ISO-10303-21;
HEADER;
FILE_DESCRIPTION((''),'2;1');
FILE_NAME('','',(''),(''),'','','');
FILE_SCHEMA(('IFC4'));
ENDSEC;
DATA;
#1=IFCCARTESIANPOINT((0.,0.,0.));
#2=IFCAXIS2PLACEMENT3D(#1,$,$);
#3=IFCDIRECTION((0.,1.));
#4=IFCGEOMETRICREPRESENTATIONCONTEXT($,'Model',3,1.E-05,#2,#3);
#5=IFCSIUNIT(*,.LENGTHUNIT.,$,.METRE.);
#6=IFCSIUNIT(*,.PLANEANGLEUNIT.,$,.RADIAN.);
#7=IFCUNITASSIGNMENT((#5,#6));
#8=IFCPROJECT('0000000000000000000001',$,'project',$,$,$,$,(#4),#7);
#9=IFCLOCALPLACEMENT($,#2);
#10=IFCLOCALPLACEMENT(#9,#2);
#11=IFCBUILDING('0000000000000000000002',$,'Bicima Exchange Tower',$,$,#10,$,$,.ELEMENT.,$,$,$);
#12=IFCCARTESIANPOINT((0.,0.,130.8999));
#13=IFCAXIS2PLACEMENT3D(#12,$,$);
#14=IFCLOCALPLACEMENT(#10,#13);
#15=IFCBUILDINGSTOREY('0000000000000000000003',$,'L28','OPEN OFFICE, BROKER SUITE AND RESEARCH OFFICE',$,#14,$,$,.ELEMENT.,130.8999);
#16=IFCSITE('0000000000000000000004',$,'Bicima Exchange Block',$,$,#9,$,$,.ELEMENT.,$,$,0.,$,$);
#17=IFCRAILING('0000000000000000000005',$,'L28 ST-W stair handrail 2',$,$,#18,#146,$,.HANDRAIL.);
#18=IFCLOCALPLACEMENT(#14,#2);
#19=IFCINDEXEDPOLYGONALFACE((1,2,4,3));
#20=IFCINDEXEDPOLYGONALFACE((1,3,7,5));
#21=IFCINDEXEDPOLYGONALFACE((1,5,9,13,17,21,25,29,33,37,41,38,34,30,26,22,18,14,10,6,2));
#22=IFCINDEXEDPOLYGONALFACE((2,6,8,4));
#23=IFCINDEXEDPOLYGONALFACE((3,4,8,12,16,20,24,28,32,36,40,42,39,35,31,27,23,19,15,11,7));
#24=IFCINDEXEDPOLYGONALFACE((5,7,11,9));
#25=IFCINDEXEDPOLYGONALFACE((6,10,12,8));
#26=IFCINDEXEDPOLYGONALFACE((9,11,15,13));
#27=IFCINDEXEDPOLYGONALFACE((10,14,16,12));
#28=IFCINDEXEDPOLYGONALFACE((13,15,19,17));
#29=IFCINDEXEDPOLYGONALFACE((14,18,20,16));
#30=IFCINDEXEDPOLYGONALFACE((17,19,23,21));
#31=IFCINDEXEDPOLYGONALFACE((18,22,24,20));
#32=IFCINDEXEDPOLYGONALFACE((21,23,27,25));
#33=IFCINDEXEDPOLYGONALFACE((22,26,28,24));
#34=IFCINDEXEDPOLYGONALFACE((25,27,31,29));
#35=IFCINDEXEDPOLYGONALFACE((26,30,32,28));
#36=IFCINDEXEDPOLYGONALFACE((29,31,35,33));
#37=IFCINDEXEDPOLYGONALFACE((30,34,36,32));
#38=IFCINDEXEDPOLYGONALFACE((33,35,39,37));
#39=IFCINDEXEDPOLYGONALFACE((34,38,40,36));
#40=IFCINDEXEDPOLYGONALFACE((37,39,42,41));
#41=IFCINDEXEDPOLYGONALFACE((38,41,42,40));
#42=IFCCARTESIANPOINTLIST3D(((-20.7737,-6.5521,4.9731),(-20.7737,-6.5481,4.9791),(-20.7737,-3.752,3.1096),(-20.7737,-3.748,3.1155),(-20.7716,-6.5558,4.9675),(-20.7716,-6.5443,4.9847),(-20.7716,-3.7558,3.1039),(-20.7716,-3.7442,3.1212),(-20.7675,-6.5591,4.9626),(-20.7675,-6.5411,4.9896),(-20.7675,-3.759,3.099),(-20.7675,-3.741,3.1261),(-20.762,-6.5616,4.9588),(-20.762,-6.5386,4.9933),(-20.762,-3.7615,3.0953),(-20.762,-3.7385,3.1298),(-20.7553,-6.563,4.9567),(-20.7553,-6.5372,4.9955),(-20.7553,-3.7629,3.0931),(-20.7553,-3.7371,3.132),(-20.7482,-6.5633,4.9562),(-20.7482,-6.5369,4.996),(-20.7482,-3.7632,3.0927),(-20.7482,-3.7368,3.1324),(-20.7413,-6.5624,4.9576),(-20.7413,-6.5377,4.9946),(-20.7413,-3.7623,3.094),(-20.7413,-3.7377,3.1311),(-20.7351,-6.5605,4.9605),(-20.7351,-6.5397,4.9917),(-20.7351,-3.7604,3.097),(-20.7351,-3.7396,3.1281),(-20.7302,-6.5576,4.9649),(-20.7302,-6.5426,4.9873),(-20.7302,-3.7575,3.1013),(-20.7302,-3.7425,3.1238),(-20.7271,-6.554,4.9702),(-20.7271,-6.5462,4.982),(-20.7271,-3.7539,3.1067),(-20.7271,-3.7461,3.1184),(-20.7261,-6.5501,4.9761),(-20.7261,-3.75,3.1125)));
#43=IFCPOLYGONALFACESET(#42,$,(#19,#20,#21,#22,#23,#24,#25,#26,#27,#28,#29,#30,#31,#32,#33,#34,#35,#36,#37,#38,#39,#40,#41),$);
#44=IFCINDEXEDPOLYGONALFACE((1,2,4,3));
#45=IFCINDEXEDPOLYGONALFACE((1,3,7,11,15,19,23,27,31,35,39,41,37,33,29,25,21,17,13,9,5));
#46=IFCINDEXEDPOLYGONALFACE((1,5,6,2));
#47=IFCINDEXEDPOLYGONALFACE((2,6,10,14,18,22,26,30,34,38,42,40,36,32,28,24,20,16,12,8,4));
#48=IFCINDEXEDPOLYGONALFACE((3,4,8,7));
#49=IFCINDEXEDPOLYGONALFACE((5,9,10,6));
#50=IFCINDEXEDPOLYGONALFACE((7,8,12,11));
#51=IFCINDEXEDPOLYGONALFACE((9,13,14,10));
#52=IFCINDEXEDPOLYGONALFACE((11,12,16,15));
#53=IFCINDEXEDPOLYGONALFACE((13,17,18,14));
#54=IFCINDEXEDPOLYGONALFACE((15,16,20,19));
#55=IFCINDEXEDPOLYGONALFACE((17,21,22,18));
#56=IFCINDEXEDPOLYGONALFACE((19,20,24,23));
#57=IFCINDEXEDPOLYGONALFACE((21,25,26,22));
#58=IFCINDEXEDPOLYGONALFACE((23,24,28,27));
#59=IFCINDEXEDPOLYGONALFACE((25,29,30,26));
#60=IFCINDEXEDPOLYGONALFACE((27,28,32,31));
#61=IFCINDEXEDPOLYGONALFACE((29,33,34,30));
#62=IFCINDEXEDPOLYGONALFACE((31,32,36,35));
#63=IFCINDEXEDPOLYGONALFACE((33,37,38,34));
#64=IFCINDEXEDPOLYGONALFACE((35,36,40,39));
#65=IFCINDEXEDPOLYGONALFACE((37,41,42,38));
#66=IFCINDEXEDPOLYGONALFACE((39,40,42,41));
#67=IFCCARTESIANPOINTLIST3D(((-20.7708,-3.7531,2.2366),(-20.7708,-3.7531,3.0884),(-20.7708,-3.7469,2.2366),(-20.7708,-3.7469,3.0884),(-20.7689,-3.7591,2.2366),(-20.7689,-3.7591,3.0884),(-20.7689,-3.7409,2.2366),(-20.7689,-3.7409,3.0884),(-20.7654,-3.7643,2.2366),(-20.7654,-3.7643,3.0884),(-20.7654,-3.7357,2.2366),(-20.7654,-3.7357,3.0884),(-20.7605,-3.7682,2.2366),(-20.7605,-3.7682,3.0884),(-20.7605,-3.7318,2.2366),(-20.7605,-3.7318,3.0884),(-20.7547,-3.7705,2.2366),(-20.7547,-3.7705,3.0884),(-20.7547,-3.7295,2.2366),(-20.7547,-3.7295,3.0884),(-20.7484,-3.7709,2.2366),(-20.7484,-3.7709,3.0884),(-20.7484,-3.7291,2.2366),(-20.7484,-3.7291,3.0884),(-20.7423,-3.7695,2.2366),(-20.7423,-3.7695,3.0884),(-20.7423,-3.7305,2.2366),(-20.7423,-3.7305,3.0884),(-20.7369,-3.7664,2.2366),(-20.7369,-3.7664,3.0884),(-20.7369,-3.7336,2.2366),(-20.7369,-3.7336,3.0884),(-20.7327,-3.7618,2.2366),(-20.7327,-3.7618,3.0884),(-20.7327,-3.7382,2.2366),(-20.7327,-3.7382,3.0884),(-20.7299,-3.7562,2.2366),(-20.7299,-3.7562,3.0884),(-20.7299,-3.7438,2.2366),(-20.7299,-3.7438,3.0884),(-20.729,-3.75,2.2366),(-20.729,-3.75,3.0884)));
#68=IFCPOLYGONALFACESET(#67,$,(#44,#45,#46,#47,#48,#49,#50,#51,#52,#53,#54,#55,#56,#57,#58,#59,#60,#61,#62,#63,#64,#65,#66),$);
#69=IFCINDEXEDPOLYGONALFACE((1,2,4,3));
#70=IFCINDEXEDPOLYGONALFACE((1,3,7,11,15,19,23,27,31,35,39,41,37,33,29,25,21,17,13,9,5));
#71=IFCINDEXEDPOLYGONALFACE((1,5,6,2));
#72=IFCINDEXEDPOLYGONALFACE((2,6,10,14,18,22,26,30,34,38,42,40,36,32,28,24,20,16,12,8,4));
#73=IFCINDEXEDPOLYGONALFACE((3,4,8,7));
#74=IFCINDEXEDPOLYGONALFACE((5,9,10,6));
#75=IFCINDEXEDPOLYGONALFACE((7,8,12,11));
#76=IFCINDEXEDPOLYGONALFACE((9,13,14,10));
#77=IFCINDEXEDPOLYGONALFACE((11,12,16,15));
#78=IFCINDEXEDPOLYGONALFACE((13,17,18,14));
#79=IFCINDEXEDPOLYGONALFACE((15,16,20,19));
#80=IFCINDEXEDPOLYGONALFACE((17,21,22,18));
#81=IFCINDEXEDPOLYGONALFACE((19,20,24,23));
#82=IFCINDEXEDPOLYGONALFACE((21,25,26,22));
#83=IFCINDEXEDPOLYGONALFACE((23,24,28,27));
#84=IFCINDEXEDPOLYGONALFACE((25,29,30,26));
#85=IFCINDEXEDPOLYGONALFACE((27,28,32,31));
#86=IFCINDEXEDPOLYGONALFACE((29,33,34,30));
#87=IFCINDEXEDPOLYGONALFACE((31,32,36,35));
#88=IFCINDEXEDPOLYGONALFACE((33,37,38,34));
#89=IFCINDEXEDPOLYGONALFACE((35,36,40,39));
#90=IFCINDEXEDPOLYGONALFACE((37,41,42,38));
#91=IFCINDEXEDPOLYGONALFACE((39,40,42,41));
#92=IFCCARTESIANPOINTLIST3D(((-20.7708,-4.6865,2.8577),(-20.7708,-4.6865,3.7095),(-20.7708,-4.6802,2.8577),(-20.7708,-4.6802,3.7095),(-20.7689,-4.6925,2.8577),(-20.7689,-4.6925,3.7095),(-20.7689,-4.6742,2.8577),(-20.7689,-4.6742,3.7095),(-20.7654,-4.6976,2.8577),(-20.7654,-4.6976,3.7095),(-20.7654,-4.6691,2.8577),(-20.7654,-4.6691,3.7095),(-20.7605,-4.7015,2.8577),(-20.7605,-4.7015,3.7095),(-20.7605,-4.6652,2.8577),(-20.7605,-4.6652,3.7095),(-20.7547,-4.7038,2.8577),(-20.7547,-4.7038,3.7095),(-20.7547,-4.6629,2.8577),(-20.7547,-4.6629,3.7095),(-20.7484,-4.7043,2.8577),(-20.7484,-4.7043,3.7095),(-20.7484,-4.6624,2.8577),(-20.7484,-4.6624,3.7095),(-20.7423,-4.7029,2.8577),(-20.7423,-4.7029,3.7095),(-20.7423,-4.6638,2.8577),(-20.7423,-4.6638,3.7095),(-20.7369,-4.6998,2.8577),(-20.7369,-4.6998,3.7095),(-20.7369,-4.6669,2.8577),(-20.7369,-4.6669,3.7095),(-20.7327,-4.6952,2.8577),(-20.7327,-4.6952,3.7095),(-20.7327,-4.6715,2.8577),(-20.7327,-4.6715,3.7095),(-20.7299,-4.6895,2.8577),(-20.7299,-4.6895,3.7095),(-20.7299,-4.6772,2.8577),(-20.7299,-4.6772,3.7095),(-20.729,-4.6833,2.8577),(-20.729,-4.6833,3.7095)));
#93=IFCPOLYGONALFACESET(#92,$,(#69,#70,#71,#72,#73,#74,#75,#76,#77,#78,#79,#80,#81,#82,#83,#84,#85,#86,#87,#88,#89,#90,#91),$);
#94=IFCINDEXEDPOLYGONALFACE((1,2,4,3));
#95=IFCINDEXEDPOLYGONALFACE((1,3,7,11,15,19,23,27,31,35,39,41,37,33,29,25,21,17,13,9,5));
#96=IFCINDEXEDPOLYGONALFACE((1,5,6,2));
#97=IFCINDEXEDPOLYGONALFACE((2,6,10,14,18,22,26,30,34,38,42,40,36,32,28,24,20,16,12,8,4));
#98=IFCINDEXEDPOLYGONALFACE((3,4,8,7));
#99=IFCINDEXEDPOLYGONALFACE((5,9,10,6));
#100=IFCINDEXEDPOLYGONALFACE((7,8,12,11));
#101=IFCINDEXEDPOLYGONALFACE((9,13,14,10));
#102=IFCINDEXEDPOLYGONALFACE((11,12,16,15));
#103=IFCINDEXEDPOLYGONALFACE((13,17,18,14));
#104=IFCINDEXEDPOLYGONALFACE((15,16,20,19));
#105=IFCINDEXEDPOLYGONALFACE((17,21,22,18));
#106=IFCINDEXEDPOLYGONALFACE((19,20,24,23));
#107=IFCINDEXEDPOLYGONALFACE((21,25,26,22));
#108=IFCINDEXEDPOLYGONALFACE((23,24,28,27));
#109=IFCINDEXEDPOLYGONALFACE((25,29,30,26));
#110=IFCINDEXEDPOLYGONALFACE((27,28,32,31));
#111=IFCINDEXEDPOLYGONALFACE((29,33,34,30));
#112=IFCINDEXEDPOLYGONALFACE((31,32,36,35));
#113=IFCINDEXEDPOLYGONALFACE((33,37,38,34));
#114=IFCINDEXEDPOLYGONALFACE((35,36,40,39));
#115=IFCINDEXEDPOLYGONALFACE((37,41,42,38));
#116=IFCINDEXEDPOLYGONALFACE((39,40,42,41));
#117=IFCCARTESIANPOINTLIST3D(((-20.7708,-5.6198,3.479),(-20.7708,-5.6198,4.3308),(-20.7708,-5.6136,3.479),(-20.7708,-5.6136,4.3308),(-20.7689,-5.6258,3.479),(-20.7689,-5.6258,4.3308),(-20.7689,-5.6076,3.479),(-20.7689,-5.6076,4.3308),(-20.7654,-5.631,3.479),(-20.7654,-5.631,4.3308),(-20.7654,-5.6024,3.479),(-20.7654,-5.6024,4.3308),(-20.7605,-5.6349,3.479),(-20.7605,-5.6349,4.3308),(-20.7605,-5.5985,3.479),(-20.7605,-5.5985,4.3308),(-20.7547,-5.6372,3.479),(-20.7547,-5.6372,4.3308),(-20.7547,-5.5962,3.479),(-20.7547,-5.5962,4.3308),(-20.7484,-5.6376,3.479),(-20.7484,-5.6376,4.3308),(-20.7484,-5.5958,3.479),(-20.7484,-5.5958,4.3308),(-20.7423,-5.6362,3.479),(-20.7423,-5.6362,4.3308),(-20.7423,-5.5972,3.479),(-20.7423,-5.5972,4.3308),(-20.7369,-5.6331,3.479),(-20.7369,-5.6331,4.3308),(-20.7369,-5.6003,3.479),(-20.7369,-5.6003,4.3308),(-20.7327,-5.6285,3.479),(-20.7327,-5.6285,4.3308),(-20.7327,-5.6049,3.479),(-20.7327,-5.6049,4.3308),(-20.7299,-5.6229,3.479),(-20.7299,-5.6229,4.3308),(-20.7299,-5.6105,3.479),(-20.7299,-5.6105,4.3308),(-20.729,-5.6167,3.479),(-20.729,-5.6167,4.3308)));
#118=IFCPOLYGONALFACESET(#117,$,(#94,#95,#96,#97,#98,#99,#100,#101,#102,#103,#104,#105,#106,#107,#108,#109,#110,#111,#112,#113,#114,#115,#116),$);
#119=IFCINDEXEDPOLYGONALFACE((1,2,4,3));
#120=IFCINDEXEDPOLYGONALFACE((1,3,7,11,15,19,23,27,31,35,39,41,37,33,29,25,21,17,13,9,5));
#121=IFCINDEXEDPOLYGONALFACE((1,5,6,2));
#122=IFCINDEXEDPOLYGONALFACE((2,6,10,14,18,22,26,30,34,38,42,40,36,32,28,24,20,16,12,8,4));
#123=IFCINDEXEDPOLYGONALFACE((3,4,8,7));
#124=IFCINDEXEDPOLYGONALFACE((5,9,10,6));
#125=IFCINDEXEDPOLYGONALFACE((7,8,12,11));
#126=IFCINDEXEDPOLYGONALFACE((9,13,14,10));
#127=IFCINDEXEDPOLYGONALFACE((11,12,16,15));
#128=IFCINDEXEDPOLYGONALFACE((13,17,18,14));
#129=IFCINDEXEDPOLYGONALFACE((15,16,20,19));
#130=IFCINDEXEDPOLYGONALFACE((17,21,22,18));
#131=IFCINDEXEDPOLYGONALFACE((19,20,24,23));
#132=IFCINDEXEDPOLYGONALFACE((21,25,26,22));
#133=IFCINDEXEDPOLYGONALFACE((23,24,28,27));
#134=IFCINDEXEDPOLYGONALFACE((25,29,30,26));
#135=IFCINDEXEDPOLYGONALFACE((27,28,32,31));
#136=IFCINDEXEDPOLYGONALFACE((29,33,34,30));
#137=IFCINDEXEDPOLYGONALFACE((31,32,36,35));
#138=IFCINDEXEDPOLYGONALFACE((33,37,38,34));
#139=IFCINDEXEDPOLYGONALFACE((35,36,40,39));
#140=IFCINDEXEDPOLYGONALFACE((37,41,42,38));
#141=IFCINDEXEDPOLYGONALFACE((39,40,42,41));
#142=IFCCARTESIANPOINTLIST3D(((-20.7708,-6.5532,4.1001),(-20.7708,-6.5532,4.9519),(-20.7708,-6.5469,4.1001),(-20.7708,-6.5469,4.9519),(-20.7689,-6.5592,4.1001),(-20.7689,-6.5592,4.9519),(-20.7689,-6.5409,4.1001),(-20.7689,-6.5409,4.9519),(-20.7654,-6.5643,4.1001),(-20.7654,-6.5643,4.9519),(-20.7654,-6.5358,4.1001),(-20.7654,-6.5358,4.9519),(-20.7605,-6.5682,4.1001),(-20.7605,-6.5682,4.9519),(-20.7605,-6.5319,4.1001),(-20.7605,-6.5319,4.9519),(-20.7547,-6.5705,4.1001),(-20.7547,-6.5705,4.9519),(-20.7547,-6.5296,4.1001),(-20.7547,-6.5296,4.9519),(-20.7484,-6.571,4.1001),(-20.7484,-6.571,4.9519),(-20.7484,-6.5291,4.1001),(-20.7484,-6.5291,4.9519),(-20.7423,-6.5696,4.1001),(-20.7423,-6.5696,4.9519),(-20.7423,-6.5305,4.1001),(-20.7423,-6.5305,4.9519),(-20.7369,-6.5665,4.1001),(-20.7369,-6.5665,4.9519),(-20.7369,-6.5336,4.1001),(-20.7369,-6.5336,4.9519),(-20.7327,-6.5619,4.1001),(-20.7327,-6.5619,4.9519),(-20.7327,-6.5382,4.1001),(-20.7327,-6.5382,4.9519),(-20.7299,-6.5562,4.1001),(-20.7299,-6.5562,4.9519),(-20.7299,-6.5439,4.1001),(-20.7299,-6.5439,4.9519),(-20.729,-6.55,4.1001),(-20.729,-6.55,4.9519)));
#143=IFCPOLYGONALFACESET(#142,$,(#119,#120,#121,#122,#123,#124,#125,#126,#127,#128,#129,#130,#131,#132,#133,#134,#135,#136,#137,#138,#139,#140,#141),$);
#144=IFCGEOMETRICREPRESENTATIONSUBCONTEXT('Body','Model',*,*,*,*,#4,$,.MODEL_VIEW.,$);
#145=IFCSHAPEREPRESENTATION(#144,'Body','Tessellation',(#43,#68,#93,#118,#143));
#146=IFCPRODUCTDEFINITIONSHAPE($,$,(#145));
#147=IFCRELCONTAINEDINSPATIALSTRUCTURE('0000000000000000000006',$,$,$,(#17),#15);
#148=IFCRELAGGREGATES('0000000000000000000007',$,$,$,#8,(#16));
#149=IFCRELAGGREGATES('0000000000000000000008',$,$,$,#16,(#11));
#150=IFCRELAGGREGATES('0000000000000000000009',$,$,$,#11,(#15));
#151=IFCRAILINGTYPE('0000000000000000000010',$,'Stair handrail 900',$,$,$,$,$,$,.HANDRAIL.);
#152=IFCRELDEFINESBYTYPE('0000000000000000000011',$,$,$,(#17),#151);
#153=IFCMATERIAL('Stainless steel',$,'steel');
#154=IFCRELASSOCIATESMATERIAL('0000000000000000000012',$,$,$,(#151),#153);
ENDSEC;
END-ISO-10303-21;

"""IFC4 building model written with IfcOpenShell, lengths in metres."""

from ifc_helpers import new_model, si_unit, direction, frame, origin, origin_2d, place, context, subcontext, project, spatial, circle, extrude, material, type_object, element, save


model = new_model("IFC4")

# Units and contexts
model_context = context("Model", 3, precision=1e-05, world=origin(), true_north=direction((0.0, 1.0)))
body_context = subcontext(model_context, "Body", "Model", "MODEL_VIEW")
ifc_project = project(units=[si_unit("LENGTHUNIT", "METRE"), si_unit("PLANEANGLEUNIT", "RADIAN")], contexts=[model_context])

# Site, building, storey
site_placement = place(None, origin())
site = spatial("IfcSite", under=ifc_project, at=site_placement, Name="Bicima Exchange Block", CompositionType="ELEMENT", RefElevation=0.0)
building_placement = place(site_placement, origin())
building = spatial("IfcBuilding", under=site, at=building_placement, Name="Bicima Exchange Tower", CompositionType="ELEMENT")
storey_placement = place(building_placement, frame((0.0, 0.0, 130.8999)))
storey = spatial("IfcBuildingStorey", under=building, at=storey_placement, Name="L28", Description="OPEN OFFICE, BROKER SUITE AND RESEARCH OFFICE", CompositionType="ELEMENT", Elevation=130.8999)

# Shared definitions
ifc_material_1 = material(Name="Stainless steel", Category="steel")

# Railing
railing_type_1 = type_object("IfcRailingType", Name="Stair handrail 900", PredefinedType="HANDRAIL", material=ifc_material_1)
railing_1_placement = place(storey_placement, frame((-20.75, -3.75, 2.2366)))
element("IfcRailing", 1, at=railing_1_placement, inside=storey, type_object=railing_type_1, Name="L28 ST-W stair handrail 2", PredefinedType="HANDRAIL", context=body_context, shape_type="SweptSolid", body=[
    extrude(circle(Radius=0.0239, at=origin_2d()), frame((0.0, 0.0, 0.876), z_axis=(0.0, -0.832486, 0.554047), x_axis=(1.0, 0.0, 0.0)), (0.0, 0.0, 1.0), 3.3635),
    extrude(circle(Radius=0.021, at=origin_2d()), origin(), (0.0, 0.0, 1.0), 0.8518),
    extrude(circle(Radius=0.021, at=origin_2d()), frame((0.0, -0.9333, 0.6211)), (0.0, 0.0, 1.0), 0.8518),
    extrude(circle(Radius=0.021, at=origin_2d()), frame((0.0, -1.8667, 1.2424)), (0.0, 0.0, 1.0), 0.8518),
    extrude(circle(Radius=0.021, at=origin_2d()), frame((0.0, -2.8, 1.8635)), (0.0, 0.0, 1.0), 0.8518),
])

save(model, "model.ifc")
